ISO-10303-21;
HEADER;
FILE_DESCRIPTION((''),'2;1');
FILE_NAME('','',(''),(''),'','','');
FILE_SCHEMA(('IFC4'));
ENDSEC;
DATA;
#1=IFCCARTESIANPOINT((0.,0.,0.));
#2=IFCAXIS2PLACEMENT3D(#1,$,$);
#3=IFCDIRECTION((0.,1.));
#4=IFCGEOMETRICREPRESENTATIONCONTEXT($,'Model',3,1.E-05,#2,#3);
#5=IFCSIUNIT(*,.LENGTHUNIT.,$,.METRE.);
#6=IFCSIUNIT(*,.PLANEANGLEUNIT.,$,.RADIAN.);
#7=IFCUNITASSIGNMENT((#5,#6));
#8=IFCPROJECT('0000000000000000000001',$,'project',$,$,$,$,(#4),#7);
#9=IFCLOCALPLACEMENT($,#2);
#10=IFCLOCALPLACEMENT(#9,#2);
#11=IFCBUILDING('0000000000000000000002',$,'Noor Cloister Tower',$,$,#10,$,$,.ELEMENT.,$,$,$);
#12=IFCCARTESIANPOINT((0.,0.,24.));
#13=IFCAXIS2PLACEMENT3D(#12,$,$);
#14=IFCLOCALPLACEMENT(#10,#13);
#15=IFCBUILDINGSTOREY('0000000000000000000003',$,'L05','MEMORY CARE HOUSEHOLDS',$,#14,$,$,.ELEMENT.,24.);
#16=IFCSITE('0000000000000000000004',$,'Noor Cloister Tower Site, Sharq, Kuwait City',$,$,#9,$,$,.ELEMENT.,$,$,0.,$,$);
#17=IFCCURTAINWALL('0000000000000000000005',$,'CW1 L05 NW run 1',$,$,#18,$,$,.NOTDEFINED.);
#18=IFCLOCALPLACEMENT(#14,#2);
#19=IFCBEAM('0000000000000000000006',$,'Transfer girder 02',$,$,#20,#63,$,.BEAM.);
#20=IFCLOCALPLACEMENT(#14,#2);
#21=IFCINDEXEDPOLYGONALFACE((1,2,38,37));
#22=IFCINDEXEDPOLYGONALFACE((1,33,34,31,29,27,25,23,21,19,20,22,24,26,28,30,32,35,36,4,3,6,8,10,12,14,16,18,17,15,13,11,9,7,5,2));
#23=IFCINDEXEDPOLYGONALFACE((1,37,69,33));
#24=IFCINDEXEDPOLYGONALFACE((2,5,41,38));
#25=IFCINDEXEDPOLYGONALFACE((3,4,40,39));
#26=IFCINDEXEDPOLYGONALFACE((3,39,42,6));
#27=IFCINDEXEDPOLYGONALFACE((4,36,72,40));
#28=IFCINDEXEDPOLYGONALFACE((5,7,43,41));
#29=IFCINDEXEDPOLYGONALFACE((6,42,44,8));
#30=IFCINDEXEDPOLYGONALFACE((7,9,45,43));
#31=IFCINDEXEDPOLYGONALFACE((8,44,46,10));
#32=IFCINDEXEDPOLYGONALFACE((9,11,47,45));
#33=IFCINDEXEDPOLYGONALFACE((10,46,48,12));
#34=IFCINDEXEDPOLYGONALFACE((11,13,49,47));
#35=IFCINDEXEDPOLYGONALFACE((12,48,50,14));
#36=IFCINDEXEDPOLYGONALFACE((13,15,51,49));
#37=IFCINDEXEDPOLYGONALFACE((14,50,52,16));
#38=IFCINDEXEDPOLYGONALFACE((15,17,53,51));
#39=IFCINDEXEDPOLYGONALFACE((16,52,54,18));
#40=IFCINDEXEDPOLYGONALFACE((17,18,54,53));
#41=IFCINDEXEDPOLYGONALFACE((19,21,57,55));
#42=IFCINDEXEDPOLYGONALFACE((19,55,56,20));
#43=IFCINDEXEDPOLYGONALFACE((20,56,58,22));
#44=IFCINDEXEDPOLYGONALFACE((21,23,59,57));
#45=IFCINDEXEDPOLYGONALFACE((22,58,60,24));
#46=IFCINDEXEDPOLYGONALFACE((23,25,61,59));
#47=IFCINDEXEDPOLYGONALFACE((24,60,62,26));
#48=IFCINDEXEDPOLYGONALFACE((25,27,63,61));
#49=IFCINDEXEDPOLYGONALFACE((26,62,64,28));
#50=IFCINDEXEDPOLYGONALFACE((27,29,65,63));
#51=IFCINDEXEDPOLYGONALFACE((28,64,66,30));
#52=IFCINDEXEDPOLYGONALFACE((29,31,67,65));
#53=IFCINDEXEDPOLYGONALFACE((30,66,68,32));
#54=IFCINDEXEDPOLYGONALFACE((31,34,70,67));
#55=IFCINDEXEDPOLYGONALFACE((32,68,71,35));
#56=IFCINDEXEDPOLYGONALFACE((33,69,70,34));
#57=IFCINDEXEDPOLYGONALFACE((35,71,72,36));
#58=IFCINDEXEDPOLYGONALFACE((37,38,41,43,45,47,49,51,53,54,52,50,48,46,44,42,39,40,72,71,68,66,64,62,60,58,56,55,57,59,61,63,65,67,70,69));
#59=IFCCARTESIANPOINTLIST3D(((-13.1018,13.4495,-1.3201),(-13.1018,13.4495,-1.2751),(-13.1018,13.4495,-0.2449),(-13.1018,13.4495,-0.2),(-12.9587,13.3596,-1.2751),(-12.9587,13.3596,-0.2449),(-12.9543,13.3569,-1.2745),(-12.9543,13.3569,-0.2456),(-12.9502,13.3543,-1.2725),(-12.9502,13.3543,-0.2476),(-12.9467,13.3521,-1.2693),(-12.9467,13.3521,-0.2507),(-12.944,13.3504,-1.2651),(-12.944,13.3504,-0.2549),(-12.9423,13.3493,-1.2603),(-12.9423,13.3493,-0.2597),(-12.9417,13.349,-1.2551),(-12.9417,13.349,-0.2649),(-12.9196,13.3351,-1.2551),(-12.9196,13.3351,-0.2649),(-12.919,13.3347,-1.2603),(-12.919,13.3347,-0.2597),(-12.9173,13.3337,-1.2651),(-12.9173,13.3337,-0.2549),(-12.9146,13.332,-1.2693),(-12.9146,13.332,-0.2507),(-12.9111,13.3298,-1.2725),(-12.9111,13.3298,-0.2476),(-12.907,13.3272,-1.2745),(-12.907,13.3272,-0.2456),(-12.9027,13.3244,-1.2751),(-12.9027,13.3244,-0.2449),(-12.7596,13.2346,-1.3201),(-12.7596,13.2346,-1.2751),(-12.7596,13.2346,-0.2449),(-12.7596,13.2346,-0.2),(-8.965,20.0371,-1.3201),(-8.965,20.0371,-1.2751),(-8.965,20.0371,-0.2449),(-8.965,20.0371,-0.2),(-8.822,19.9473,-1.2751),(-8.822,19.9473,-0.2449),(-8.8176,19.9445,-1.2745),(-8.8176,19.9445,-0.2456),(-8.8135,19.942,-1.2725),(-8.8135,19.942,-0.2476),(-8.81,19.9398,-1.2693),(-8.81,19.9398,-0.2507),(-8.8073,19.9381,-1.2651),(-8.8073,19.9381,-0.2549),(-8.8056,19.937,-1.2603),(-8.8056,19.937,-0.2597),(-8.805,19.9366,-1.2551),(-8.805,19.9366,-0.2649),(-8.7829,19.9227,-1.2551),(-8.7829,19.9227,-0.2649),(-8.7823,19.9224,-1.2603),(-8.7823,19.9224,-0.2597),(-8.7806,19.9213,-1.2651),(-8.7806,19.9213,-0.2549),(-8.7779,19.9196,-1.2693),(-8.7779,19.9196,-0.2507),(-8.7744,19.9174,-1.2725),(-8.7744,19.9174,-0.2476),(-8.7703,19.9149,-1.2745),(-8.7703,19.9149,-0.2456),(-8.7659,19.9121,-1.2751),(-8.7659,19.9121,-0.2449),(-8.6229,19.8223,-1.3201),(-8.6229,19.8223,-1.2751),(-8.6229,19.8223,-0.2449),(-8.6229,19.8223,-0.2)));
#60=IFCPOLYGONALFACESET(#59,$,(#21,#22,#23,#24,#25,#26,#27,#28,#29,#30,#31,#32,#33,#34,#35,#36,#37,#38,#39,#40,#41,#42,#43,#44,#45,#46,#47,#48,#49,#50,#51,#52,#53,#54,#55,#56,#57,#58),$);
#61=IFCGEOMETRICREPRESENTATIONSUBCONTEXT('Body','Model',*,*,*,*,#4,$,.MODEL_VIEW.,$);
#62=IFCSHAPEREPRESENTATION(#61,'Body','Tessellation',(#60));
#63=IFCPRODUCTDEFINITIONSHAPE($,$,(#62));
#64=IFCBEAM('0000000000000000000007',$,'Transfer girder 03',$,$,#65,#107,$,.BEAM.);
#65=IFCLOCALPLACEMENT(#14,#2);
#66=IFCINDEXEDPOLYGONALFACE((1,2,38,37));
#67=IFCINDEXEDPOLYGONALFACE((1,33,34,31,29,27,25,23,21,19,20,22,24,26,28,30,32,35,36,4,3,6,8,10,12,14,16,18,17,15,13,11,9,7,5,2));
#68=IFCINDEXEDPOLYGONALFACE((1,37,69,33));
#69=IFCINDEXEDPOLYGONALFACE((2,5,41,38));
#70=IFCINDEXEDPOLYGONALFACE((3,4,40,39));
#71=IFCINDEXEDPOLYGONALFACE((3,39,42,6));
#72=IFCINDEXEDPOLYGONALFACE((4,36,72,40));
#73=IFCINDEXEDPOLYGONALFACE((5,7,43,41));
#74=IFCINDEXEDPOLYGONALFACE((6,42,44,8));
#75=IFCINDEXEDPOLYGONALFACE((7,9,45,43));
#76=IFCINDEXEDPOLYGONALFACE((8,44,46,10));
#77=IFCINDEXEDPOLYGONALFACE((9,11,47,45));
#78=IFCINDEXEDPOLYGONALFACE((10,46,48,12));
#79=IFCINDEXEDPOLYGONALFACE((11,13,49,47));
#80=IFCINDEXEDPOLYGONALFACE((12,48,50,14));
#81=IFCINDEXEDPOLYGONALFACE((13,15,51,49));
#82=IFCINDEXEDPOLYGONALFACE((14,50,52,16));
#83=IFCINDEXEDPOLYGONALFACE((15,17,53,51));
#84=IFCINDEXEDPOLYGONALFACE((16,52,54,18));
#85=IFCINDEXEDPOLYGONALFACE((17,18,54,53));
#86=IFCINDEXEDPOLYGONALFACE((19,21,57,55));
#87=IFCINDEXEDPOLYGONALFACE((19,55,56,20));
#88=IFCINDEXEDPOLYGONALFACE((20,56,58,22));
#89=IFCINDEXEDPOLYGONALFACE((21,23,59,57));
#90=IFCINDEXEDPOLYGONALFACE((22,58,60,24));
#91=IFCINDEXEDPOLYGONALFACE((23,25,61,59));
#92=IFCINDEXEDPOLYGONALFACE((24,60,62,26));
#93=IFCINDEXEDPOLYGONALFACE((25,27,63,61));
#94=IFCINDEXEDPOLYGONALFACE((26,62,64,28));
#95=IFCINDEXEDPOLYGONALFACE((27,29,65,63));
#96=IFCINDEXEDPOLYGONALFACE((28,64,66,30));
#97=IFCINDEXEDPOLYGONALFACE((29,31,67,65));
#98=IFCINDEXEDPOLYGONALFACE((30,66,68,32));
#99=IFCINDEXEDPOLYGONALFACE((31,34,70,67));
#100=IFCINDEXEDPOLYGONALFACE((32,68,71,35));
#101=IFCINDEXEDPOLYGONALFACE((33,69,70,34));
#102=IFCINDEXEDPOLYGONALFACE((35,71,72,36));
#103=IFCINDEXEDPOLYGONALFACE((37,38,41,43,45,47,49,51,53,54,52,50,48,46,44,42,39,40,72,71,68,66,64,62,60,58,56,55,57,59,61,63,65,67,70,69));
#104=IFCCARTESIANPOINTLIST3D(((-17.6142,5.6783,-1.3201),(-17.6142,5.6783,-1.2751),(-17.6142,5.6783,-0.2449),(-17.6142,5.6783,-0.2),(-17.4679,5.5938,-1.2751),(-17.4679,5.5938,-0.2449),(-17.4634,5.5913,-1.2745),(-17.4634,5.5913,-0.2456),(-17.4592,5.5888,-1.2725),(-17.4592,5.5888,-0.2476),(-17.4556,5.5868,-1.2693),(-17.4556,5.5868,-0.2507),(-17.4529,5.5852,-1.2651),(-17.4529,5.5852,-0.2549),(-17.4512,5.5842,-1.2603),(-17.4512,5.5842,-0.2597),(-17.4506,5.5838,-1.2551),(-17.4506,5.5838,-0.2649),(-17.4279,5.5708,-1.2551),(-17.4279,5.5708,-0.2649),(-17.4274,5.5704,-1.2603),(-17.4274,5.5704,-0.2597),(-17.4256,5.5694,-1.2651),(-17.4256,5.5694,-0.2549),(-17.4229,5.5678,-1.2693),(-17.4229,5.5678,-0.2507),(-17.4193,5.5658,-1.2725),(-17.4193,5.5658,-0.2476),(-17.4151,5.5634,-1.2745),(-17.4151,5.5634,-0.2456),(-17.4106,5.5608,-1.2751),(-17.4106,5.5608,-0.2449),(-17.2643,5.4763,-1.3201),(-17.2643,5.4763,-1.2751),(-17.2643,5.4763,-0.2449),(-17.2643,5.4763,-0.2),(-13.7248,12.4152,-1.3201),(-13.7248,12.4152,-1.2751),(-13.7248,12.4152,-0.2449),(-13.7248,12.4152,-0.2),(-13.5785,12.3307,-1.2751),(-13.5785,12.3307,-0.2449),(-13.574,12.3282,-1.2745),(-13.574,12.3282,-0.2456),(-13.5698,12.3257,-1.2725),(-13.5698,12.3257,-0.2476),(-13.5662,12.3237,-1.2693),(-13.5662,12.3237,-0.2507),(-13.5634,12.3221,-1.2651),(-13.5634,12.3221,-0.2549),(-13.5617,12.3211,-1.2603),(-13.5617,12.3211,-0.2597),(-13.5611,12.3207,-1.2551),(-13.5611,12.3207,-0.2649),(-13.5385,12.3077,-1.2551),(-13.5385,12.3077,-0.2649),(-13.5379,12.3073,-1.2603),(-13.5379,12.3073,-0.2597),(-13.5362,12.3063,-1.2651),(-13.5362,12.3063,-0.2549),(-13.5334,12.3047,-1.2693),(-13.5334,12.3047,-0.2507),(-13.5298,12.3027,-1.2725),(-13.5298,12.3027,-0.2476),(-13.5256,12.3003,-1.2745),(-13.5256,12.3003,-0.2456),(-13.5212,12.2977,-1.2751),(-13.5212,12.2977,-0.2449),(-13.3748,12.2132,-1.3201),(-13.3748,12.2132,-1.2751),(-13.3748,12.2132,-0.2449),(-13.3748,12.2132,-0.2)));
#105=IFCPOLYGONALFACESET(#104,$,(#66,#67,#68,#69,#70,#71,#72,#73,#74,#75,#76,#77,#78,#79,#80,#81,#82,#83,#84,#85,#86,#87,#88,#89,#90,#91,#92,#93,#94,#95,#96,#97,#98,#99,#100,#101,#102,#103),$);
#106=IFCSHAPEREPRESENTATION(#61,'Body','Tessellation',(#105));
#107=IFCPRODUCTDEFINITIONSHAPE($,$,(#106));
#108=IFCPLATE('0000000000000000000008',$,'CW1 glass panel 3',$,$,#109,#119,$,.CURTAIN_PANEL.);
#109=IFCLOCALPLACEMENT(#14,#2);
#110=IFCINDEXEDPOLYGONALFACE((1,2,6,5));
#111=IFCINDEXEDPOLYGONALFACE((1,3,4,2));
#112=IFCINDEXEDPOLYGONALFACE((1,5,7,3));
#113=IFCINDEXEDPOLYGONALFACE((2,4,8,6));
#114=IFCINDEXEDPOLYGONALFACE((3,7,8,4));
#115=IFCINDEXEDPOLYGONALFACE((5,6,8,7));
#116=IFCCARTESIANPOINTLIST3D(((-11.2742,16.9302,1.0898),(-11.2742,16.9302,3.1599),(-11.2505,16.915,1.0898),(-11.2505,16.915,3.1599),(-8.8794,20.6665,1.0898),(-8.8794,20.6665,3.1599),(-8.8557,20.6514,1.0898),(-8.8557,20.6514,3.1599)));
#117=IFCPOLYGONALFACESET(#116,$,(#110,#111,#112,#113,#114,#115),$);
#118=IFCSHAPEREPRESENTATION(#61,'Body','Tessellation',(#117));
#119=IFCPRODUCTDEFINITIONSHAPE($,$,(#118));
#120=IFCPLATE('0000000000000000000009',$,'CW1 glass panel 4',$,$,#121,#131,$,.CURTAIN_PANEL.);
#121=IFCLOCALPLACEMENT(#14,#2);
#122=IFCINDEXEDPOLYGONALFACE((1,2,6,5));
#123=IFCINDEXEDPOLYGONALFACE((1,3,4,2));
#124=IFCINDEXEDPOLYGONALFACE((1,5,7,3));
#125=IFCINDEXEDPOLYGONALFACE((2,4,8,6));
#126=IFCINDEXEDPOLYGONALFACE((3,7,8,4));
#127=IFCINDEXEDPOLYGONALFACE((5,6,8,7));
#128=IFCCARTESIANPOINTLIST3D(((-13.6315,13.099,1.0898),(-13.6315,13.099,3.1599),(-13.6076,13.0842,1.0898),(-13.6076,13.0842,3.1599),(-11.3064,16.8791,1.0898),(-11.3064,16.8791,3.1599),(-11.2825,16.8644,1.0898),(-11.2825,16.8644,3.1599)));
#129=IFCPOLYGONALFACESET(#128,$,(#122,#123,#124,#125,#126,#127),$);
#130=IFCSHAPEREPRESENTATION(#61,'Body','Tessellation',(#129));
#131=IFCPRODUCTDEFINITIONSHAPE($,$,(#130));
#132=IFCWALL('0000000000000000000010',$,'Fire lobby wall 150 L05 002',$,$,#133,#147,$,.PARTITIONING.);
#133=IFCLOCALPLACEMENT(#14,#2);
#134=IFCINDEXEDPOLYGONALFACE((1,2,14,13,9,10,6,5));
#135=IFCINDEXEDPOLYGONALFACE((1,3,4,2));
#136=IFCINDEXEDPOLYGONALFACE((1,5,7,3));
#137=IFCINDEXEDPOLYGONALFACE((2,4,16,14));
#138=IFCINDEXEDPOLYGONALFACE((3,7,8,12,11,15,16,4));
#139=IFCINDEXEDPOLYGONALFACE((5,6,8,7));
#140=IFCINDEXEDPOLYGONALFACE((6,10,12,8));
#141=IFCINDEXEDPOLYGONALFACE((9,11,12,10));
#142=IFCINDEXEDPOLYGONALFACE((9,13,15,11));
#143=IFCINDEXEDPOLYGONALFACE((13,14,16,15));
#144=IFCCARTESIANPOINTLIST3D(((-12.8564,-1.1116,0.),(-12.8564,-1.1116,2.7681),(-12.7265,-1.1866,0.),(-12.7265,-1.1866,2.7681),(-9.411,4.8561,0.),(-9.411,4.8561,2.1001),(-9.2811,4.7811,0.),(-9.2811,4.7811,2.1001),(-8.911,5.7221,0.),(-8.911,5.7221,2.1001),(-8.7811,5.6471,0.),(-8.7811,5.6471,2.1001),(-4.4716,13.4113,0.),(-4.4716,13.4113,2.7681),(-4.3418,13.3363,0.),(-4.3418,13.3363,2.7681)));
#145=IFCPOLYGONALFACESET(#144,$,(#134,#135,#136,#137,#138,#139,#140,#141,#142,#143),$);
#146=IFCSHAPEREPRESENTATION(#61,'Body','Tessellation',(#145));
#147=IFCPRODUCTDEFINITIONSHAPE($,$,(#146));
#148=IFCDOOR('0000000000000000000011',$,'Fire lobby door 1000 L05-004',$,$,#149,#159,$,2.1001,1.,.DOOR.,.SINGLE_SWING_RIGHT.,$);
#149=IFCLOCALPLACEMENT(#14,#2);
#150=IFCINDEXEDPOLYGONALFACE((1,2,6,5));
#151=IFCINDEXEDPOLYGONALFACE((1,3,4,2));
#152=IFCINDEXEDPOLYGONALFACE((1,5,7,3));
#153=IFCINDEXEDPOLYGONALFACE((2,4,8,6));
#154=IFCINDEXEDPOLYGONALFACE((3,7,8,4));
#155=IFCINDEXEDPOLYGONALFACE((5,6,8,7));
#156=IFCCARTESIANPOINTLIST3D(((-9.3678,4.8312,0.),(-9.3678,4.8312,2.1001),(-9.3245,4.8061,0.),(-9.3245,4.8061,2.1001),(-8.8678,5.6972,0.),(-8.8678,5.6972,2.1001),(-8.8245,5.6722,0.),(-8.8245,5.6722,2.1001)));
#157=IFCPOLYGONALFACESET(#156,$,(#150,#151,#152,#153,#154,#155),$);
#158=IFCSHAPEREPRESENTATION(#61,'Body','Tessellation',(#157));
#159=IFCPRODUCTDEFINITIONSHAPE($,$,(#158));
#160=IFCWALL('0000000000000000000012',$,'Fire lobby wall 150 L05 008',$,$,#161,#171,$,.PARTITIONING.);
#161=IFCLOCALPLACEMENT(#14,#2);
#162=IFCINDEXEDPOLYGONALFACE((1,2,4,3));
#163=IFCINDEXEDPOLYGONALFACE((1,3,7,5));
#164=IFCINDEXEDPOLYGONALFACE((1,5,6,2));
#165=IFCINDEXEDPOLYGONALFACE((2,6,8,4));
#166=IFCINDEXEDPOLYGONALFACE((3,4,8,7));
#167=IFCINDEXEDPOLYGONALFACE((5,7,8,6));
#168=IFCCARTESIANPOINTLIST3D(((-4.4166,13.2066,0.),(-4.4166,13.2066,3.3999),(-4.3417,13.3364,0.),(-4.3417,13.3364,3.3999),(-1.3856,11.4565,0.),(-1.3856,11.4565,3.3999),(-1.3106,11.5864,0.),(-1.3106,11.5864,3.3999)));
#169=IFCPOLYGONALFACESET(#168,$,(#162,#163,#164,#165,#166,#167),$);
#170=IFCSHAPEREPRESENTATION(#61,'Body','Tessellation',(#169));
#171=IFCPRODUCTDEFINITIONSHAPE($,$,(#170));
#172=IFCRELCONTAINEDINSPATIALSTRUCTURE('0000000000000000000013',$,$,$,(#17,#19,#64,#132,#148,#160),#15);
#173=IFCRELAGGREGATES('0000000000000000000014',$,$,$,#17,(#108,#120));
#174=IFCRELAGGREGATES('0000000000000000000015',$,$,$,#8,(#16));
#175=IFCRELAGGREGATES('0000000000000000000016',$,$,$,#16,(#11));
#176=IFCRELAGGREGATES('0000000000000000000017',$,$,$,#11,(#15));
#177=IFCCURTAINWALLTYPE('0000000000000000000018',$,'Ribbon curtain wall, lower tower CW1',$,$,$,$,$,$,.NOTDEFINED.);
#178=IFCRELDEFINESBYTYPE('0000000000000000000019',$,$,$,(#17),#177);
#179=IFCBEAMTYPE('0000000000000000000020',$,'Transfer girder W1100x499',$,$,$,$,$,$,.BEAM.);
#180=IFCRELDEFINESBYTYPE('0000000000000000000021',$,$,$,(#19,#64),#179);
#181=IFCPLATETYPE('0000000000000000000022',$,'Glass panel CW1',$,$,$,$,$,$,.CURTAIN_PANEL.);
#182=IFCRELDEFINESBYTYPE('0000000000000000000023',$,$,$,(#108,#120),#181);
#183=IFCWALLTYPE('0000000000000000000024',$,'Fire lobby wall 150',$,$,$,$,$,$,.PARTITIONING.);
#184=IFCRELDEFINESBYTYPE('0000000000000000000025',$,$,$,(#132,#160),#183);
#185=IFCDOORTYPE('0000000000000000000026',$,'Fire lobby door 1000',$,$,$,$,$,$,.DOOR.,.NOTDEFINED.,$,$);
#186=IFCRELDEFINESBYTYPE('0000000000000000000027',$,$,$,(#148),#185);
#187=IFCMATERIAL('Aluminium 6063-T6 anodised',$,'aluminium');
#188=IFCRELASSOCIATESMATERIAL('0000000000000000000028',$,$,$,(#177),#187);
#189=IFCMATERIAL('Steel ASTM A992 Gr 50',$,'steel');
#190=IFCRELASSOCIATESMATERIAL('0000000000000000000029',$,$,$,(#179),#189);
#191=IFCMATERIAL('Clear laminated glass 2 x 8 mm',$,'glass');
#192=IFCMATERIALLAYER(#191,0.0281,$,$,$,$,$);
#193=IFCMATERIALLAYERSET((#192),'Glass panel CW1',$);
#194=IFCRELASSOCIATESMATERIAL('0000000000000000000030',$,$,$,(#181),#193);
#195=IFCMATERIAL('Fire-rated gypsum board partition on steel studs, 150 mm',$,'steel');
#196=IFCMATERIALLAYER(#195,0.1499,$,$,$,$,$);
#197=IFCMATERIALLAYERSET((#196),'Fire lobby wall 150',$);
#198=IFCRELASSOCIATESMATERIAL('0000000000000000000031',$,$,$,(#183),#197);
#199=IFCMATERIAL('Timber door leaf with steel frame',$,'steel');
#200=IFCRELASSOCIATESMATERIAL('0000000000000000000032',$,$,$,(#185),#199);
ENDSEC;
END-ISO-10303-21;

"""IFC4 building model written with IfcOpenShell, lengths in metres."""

from ifc_helpers import new_model, si_unit, direction, frame, frame_2d, origin, origin_2d, place, context, subcontext, project, spatial, rectangle, i_section, extrude, material, layer, layer_set, material_profile, profile_set, type_object, element, fill, aggregate, save


model = new_model("IFC4")

# Units and contexts
model_context = context("Model", 3, precision=1e-05, world=origin(), true_north=direction((0.0, 1.0)))
body_context = subcontext(model_context, "Body", "Model", "MODEL_VIEW")
ifc_project = project(units=[si_unit("LENGTHUNIT", "METRE"), si_unit("PLANEANGLEUNIT", "RADIAN")], contexts=[model_context])

# Site, building, storey
site_placement = place(None, origin())
site = spatial("IfcSite", under=ifc_project, at=site_placement, Name="Noor Cloister Tower Site, Sharq, Kuwait City", CompositionType="ELEMENT", RefElevation=0.0)
building_placement = place(site_placement, origin())
building = spatial("IfcBuilding", under=site, at=building_placement, Name="Noor Cloister Tower", CompositionType="ELEMENT")
storey_placement = place(building_placement, frame((0.0, 0.0, 24.0)))
storey = spatial("IfcBuildingStorey", under=building, at=storey_placement, Name="L05", Description="MEMORY CARE HOUSEHOLDS", CompositionType="ELEMENT", Elevation=24.0)

# Curtain wall
ifc_material_1 = material(Name="Aluminium 6063-T6 anodised", Category="aluminium")
curtain_wall_type = type_object("IfcCurtainWallType", Name="Ribbon curtain wall, lower tower CW1", PredefinedType="NOTDEFINED", material=ifc_material_1)
curtain_wall_placement = place(storey_placement, origin())
curtain_wall = element("IfcCurtainWall", 1, at=curtain_wall_placement, inside=storey, type_object=curtain_wall_type, Name="CW1 L05 NW run 1", PredefinedType="NOTDEFINED")

# Beams
ifc_material_2 = material(Name="Steel ASTM A992 Gr 50", Category="steel")
ifc_material_profile_1 = material_profile(ifc_material_2, i_section(OverallWidth=0.4041, OverallDepth=1.1201, WebThickness=0.0261, FlangeThickness=0.0449, FilletRadius=0.02, at=origin_2d()), Name="W1100x499")
ifc_profile_set_1 = profile_set([ifc_material_profile_1], Name="Steel ASTM A992 Gr 50")
beam_type_1 = type_object("IfcBeamType", Name="Transfer girder W1100x499", PredefinedType="BEAM", material=ifc_profile_set_1)
beam_1_placement = place(storey_placement, frame((-8.7939, 19.9297, -0.76), z_axis=(-0.531795, -0.846873, 0.0), x_axis=(0.846873, -0.531795, 0.0)))
element("IfcBeam", 2, at=beam_1_placement, inside=storey, type_object=beam_type_1, Name="Transfer girder 02", PredefinedType="BEAM", context=body_context, shape_type="SweptSolid", body=[
    extrude(i_section(OverallWidth=0.4041, OverallDepth=1.1201, WebThickness=0.0261, FlangeThickness=0.0449, FilletRadius=0.02, at=origin_2d()), origin(), (0.0, 0.0, 1.0), 7.7788),
])
beam_2_placement = place(storey_placement, frame((-13.5498, 12.3142, -0.76), z_axis=(-0.499991, -0.866031, 0.0), x_axis=(0.866031, -0.499991, 0.0)))
element("IfcBeam", 3, at=beam_2_placement, inside=storey, type_object=beam_type_1, Name="Transfer girder 03", PredefinedType="BEAM", context=body_context, shape_type="SweptSolid", body=[
    extrude(i_section(OverallWidth=0.4041, OverallDepth=1.1201, WebThickness=0.0261, FlangeThickness=0.0449, FilletRadius=0.02, at=origin_2d()), origin(), (0.0, 0.0, 1.0), 7.7791),
])

# Plates
ifc_material_3 = material(Name="Clear laminated glass 2 x 8 mm", Category="glass")
ifc_layer_1 = layer(ifc_material_3, 0.0281)
ifc_layer_set_1 = layer_set([ifc_layer_1], Name="Glass panel CW1")
plate_type = type_object("IfcPlateType", Name="Glass panel CW1", PredefinedType="CURTAIN_PANEL", material=ifc_layer_set_1)
plate_1_placement = place(storey_placement, frame((-10.0649, 18.7908, 1.0898), z_axis=(0.0, 0.0, 1.0), x_axis=(-0.539618, -0.84191, 0.0)))
plate_1 = element("IfcPlate", 4, at=plate_1_placement, type_object=plate_type, Name="CW1 glass panel 3", PredefinedType="CURTAIN_PANEL", context=body_context, shape_type="SweptSolid", body=[
    extrude(rectangle(XDim=4.438, YDim=0.0281, at=origin_2d()), origin(), (0.0, 0.0, 1.0), 2.0701),
])
plate_2_placement = place(storey_placement, frame((-12.457, 14.9817, 1.0898), z_axis=(0.0, 0.0, 1.0), x_axis=(-0.523905, -0.851776, 0.0)))
plate_2 = element("IfcPlate", 5, at=plate_2_placement, type_object=plate_type, Name="CW1 glass panel 4", PredefinedType="CURTAIN_PANEL", context=body_context, shape_type="SweptSolid", body=[
    extrude(rectangle(XDim=4.438, YDim=0.0281, at=origin_2d()), origin(), (0.0, 0.0, 1.0), 2.0701),
])
aggregate(curtain_wall, [plate_1, plate_2])

# Wall, opening, door
ifc_material_4 = material(Name="Fire-rated gypsum board partition on steel studs, 150 mm", Category="steel")
ifc_layer_2 = layer(ifc_material_4, 0.1499)
ifc_layer_set_2 = layer_set([ifc_layer_2], Name="Fire lobby wall 150")
wall_type_1 = type_object("IfcWallType", Name="Fire lobby wall 150", PredefinedType="PARTITIONING", material=ifc_layer_set_2)
wall_1_placement = place(storey_placement, frame((-4.4067, 13.3738, 0.0), z_axis=(0.0, 0.0, 1.0), x_axis=(-0.499997, -0.866027, 0.0)))
wall_1 = element("IfcWall", 6, at=wall_1_placement, inside=storey, type_object=wall_type_1, Name="Fire lobby wall 150 L05 002", PredefinedType="PARTITIONING", context=body_context, shape_type="SweptSolid", body=[
    extrude(rectangle(XDim=16.7695, YDim=0.1499, at=frame_2d((8.3848, 0.0))), origin(), (0.0, 0.0, 1.0), 2.7681),
])
opening_1_placement = place(wall_1_placement, frame((8.8787, 0.0, 0.0)))
opening_1 = element("IfcOpeningElement", 7, at=opening_1_placement, cuts=wall_1, PredefinedType="OPENING", context=body_context, shape_type="SweptSolid", body=[
    extrude(rectangle(XDim=1.0, YDim=2.1001, at=frame_2d((0.5, 1.05))), frame((0.0, 0.085, 0.0), z_axis=(0.0, -1.0, 0.0), x_axis=(1.0, 0.0, 0.0)), (0.0, 0.0, 1.0), 0.1699),
])
ifc_material_5 = material(Name="Timber door leaf with steel frame", Category="steel")
door_type_1 = type_object("IfcDoorType", Name="Fire lobby door 1000", OperationType="NOTDEFINED", PredefinedType="DOOR", material=ifc_material_5)
door_1_placement = place(opening_1_placement, origin())
door_1 = element("IfcDoor", 8, at=door_1_placement, inside=storey, type_object=door_type_1, Name="Fire lobby door 1000 L05-004", OperationType="SINGLE_SWING_RIGHT", OverallHeight=2.1001, OverallWidth=1.0, PredefinedType="DOOR", context=body_context, shape_type="SweptSolid", body=[
    extrude(rectangle(XDim=1.0, YDim=2.1001, at=frame_2d((0.5, 1.05))), frame((0.0, 0.0249, 0.0), z_axis=(0.0, -1.0, 0.0), x_axis=(1.0, 0.0, 0.0)), (0.0, 0.0, 1.0), 0.05),
])
fill(opening_1, door_1)

# Wall
wall_2_placement = place(storey_placement, frame((-4.3792, 13.2715, 0.0), z_axis=(0.0, 0.0, 1.0), x_axis=(0.866019, -0.50001, 0.0)))
element("IfcWall", 9, at=wall_2_placement, inside=storey, type_object=wall_type_1, Name="Fire lobby wall 150 L05 008", PredefinedType="PARTITIONING", context=body_context, shape_type="SweptSolid", body=[
    extrude(rectangle(XDim=3.5, YDim=0.1499, at=frame_2d((1.75, 0.0))), origin(), (0.0, 0.0, 1.0), 3.3999),
])

save(model, "model.ifc")
